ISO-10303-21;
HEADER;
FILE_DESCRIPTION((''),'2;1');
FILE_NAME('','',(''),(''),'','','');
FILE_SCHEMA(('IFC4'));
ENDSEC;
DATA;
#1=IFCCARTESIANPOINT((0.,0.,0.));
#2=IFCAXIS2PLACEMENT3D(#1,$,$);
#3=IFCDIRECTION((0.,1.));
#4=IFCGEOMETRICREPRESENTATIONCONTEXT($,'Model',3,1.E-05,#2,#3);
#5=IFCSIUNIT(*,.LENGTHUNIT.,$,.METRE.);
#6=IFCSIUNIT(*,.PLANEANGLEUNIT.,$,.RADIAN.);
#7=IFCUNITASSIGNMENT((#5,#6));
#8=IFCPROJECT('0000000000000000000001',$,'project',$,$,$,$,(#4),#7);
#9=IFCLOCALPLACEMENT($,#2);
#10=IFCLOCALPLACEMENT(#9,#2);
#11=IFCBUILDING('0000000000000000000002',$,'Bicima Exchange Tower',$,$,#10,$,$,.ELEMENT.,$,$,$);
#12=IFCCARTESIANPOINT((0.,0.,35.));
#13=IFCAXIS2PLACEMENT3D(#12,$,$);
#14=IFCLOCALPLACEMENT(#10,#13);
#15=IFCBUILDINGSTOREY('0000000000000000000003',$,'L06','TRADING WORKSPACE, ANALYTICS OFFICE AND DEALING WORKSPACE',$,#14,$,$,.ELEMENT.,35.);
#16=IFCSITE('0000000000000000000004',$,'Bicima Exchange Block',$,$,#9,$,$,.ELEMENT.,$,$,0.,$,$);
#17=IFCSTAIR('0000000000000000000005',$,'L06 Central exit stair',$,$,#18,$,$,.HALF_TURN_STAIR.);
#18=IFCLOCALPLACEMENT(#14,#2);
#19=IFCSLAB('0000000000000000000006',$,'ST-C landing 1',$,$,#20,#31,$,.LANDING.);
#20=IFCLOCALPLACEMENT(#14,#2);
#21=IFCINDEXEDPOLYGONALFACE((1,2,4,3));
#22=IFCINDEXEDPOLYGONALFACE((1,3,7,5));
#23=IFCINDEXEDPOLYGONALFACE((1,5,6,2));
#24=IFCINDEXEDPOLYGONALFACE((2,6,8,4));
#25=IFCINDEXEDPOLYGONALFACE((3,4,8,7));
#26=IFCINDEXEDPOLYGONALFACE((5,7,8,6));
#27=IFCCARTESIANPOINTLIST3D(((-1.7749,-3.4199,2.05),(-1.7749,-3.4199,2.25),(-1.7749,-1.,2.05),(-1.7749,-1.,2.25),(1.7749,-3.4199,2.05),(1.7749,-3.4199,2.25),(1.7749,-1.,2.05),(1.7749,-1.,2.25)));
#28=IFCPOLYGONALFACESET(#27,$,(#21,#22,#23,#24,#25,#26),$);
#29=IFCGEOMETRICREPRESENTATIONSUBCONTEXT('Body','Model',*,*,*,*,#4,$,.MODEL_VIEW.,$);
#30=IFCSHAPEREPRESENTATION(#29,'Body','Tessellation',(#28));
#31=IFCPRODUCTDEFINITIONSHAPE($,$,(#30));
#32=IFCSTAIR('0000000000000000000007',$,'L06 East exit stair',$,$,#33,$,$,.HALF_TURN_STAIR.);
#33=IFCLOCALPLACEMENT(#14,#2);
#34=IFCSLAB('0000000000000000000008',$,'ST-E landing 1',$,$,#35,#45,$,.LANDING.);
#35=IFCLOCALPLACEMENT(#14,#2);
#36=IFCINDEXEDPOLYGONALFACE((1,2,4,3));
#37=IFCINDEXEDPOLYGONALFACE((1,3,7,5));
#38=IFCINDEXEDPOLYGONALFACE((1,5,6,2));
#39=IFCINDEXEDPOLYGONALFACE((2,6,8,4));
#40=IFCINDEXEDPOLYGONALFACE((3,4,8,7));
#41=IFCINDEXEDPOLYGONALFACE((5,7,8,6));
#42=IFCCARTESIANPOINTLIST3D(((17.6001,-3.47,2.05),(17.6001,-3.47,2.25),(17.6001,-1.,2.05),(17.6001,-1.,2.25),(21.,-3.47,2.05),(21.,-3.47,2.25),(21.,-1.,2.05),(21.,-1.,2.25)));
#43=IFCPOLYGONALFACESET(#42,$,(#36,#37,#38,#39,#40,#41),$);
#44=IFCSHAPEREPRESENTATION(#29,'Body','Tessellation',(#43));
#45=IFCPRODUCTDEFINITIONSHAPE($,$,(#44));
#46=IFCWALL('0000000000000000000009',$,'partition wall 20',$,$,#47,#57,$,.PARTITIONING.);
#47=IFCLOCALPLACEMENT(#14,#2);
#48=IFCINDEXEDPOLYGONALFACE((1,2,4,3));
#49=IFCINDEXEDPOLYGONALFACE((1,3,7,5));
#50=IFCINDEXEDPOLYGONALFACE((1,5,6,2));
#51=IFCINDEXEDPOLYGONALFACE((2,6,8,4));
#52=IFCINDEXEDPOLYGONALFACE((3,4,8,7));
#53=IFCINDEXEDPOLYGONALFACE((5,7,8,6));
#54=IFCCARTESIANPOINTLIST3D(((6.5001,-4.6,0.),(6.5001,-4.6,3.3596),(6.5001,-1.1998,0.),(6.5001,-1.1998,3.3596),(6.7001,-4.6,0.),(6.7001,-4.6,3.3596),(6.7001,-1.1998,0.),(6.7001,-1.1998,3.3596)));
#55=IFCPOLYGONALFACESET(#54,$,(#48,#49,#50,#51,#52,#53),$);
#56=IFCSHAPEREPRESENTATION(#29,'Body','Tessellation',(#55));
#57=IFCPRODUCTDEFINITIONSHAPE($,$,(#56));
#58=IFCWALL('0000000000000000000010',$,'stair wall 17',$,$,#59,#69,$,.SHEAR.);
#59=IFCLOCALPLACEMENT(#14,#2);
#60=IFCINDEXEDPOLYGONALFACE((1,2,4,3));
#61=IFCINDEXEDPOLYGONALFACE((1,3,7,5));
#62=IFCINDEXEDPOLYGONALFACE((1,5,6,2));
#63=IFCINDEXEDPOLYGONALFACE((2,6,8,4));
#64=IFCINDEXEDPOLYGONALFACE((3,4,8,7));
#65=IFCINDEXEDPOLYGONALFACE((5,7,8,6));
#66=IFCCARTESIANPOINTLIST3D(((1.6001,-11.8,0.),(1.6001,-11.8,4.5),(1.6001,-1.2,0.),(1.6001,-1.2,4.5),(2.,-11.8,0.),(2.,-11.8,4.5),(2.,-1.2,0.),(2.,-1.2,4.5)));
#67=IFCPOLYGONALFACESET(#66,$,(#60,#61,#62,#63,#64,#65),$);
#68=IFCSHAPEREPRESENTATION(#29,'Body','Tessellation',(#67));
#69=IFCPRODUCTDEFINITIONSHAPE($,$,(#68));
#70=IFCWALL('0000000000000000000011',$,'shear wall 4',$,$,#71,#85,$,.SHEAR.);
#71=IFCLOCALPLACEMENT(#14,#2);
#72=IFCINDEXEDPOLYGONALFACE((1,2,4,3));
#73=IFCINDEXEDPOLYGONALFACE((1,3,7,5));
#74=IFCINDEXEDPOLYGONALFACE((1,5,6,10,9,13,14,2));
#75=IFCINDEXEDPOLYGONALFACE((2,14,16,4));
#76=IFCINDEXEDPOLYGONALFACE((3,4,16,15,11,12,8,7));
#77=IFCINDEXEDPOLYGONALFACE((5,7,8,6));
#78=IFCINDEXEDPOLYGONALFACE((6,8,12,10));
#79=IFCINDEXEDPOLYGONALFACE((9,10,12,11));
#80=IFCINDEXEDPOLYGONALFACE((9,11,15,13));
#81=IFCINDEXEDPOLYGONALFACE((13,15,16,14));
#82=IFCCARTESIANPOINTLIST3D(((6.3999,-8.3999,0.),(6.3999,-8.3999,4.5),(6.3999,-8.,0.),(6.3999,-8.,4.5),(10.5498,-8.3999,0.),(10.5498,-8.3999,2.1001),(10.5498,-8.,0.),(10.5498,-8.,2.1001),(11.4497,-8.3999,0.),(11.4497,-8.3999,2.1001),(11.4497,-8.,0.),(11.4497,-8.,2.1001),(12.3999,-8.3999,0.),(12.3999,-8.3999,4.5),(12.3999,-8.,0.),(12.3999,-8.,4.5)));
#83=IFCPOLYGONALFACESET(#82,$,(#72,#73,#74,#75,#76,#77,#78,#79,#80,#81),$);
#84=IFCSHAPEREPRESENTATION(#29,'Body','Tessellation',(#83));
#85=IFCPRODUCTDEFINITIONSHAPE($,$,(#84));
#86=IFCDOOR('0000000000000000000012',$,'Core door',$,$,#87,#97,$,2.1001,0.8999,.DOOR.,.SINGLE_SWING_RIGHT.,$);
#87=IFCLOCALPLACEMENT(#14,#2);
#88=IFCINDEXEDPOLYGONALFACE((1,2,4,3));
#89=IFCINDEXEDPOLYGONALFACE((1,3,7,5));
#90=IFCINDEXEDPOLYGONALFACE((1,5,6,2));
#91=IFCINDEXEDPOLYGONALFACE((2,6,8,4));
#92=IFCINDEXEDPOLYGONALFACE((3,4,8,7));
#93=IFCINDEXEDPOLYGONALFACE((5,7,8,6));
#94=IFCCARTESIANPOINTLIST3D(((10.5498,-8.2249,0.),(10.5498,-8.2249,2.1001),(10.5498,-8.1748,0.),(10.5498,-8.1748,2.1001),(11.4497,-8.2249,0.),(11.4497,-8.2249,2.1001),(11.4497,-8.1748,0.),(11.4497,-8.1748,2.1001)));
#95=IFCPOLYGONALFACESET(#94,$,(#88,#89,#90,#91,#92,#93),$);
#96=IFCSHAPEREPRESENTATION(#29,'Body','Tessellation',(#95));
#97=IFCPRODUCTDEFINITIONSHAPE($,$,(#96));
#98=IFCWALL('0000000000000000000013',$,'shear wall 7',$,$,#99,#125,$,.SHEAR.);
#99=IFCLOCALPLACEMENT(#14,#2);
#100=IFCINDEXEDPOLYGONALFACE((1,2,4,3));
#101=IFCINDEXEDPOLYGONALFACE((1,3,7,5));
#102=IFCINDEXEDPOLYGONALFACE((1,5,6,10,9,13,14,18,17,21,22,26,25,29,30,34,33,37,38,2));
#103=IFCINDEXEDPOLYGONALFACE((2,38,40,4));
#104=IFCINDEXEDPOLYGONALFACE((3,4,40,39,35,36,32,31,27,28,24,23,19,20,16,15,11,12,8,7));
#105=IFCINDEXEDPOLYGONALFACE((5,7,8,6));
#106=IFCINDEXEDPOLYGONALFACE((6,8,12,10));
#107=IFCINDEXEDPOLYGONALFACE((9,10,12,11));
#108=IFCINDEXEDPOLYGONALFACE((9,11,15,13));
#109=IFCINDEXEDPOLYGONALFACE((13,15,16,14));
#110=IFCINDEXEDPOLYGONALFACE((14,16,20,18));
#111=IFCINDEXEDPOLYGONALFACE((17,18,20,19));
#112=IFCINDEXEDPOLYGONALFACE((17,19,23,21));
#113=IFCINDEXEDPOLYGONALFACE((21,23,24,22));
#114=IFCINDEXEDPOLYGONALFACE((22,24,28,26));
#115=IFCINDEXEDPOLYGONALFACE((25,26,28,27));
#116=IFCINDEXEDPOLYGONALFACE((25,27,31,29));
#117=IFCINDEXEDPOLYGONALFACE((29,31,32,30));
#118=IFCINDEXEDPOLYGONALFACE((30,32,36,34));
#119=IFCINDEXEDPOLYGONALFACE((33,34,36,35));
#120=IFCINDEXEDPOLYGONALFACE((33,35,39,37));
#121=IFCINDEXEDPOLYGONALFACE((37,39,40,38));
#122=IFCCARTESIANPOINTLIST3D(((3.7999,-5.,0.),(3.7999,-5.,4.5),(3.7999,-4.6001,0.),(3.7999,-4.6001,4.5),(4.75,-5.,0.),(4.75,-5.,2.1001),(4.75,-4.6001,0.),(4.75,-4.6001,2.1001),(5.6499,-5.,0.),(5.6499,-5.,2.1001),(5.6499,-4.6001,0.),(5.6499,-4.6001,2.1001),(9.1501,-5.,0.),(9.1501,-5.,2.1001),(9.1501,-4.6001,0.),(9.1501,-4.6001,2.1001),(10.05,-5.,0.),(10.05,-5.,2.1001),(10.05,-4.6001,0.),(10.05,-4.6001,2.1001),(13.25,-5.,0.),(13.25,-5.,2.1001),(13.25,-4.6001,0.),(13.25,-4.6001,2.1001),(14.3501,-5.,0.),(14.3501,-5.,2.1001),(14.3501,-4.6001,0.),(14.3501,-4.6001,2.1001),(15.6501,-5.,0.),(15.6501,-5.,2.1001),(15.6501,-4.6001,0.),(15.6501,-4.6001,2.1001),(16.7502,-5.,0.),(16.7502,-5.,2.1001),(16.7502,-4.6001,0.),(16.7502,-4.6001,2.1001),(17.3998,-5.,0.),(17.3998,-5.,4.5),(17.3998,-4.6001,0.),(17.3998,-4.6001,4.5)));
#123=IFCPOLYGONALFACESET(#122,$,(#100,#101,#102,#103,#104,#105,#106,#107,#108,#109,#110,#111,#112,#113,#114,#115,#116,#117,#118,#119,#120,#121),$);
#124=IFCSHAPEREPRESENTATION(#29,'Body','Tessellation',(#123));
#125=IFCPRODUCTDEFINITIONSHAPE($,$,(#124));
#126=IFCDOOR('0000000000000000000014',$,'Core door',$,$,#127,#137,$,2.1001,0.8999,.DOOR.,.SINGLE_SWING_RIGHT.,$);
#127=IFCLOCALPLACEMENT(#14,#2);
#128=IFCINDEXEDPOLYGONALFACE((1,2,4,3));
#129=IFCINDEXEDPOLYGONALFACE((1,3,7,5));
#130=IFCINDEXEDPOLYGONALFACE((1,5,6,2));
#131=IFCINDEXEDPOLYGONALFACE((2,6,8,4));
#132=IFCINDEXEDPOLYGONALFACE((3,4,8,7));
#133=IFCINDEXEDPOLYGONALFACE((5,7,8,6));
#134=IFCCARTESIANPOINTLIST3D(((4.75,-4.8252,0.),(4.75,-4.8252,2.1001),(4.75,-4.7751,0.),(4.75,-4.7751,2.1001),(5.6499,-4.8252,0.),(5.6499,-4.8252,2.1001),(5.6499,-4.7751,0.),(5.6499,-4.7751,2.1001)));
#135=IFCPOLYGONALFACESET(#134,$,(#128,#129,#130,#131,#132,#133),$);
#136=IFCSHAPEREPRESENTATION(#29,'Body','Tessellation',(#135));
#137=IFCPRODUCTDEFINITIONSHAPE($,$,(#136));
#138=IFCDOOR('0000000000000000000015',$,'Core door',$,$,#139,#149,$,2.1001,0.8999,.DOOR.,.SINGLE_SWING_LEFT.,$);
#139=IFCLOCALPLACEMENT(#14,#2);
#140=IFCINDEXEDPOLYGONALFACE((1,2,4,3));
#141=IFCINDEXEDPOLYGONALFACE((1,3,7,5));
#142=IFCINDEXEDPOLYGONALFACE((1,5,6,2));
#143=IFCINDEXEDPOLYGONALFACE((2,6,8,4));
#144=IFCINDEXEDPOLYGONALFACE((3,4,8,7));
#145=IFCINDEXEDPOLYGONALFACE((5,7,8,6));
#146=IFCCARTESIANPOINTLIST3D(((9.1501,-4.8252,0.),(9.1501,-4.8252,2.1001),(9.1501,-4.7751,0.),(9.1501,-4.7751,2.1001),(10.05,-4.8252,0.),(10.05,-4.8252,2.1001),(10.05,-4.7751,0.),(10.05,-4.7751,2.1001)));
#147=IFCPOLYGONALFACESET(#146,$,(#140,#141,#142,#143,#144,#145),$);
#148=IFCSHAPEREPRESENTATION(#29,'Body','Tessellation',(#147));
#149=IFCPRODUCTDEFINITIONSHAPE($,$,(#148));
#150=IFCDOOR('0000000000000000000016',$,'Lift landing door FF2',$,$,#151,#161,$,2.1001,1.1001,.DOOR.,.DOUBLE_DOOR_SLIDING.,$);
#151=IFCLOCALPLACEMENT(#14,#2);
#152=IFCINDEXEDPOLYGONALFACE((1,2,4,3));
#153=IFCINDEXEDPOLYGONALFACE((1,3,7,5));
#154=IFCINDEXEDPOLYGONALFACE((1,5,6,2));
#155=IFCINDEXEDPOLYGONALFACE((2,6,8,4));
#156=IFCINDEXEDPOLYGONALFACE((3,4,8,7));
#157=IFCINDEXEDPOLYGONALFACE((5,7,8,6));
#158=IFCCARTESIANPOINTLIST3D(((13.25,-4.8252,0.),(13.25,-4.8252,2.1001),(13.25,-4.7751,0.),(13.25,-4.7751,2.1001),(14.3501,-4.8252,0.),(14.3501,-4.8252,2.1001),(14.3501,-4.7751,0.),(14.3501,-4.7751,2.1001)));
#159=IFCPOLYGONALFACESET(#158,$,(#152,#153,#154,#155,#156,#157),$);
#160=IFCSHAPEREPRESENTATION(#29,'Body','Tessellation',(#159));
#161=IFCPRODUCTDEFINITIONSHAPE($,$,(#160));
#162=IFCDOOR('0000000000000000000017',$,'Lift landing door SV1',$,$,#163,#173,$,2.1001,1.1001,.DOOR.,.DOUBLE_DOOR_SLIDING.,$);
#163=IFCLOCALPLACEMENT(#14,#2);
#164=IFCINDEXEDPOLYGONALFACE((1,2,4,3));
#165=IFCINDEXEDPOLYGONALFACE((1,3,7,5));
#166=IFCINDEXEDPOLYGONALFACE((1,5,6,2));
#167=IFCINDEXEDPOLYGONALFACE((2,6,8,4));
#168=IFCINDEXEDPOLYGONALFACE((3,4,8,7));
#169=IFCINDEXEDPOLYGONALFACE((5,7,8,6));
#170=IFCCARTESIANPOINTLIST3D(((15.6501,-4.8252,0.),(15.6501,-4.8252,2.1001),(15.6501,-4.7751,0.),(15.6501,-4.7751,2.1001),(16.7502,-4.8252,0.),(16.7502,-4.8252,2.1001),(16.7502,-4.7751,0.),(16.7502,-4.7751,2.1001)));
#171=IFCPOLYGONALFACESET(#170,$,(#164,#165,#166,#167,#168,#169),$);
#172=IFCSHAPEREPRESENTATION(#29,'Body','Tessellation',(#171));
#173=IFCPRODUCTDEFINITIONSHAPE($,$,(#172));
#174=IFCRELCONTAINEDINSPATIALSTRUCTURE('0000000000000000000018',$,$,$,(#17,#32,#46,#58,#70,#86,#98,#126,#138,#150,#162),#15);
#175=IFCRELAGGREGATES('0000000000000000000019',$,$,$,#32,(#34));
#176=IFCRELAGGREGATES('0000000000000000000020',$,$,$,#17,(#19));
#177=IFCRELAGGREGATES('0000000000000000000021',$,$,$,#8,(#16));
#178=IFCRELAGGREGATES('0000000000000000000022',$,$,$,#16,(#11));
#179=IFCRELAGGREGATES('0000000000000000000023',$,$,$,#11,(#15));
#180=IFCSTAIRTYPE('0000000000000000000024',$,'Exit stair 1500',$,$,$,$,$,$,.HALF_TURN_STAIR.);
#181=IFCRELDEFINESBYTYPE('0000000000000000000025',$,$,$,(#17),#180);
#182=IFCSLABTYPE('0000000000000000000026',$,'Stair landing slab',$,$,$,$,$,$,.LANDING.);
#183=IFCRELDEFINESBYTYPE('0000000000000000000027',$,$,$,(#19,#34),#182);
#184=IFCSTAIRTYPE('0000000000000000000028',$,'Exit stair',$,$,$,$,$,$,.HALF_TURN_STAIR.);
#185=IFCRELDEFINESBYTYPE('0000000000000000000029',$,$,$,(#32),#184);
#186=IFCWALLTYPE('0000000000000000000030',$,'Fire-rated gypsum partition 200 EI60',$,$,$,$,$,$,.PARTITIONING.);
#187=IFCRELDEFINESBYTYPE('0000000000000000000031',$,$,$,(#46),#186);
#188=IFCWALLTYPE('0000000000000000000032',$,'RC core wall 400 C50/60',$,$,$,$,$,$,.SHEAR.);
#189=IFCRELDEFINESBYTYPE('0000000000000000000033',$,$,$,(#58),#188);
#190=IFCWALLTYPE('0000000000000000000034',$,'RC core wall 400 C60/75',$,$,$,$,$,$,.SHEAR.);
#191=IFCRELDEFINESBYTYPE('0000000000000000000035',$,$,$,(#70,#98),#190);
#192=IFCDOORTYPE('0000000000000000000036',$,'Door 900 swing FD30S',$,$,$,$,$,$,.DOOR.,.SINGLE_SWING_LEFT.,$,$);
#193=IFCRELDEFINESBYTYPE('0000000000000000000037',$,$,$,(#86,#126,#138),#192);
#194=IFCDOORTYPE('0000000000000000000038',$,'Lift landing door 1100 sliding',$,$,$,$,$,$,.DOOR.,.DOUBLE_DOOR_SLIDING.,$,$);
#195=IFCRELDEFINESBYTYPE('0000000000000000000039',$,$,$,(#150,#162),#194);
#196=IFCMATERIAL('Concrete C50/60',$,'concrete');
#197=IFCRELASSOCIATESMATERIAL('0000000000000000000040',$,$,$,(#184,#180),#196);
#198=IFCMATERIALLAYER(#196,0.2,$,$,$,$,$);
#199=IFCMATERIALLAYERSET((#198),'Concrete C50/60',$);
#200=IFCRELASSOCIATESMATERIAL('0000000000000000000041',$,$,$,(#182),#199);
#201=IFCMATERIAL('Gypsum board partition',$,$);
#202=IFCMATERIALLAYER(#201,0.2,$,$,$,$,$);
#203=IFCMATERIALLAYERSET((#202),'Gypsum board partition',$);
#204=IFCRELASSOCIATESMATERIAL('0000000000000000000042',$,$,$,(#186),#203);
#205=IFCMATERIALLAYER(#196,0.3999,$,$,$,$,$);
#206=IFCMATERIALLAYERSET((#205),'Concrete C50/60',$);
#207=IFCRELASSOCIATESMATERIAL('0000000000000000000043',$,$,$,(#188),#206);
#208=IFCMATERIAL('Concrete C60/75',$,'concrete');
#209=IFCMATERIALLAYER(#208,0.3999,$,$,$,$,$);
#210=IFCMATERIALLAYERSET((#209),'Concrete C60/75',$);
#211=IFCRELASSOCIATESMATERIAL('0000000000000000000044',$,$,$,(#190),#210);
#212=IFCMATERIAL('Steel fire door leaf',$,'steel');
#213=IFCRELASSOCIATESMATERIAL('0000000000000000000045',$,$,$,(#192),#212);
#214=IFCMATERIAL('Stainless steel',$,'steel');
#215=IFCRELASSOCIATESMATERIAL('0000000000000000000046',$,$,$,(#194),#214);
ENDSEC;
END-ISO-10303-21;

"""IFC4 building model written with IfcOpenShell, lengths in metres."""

from ifc_helpers import new_model, si_unit, direction, frame, frame_2d, origin, place, context, subcontext, project, spatial, polyline, rectangle, outline, extrude, material, layer, layer_set, type_object, element, fill, aggregate, save


model = new_model("IFC4")

# Units and contexts
model_context = context("Model", 3, precision=1e-05, world=origin(), true_north=direction((0.0, 1.0)))
body_context = subcontext(model_context, "Body", "Model", "MODEL_VIEW")
ifc_project = project(units=[si_unit("LENGTHUNIT", "METRE"), si_unit("PLANEANGLEUNIT", "RADIAN")], contexts=[model_context])

# Site, building, storey
site_placement = place(None, origin())
site = spatial("IfcSite", under=ifc_project, at=site_placement, Name="Bicima Exchange Block", CompositionType="ELEMENT", RefElevation=0.0)
building_placement = place(site_placement, origin())
building = spatial("IfcBuilding", under=site, at=building_placement, Name="Bicima Exchange Tower", CompositionType="ELEMENT")
storey_placement = place(building_placement, frame((0.0, 0.0, 35.0)))
storey = spatial("IfcBuildingStorey", under=building, at=storey_placement, Name="L06", Description="TRADING WORKSPACE, ANALYTICS OFFICE AND DEALING WORKSPACE", CompositionType="ELEMENT", Elevation=35.0)

# Stairs, slabs
ifc_material_1 = material(Name="Concrete C50/60", Category="concrete")
stair_type_1 = type_object("IfcStairType", Name="Exit stair", PredefinedType="HALF_TURN_STAIR", material=ifc_material_1)
ifc_layer_1 = layer(ifc_material_1, 0.2)
ifc_layer_set_1 = layer_set([ifc_layer_1], Name="Concrete C50/60")
slab_type_1 = type_object("IfcSlabType", Name="Stair landing slab", PredefinedType="LANDING", material=ifc_layer_set_1)
stair_type_2 = type_object("IfcStairType", Name="Exit stair 1500", PredefinedType="HALF_TURN_STAIR", material=ifc_material_1)
stair_1_placement = place(storey_placement, origin())
stair_1 = element("IfcStair", 1, at=stair_1_placement, inside=storey, type_object=stair_type_2, Name="L06 Central exit stair", PredefinedType="HALF_TURN_STAIR")
slab_1_placement = place(storey_placement, frame((0.0, 0.0, 2.05)))
slab_1 = element("IfcSlab", 2, at=slab_1_placement, type_object=slab_type_1, Name="ST-C landing 1", PredefinedType="LANDING", context=body_context, shape_type="SweptSolid", body=[
    extrude(outline(polyline([(1.7749, -3.4199), (1.7749, -1.0), (-1.7749, -1.0), (-1.7749, -3.4199), (1.7749, -3.4199)])), origin(), (0.0, 0.0, 1.0), 0.2),
])
stair_2_placement = place(storey_placement, origin())
stair_2 = element("IfcStair", 3, at=stair_2_placement, inside=storey, type_object=stair_type_1, Name="L06 East exit stair", PredefinedType="HALF_TURN_STAIR")
slab_2_placement = place(storey_placement, frame((0.0, 0.0, 2.05)))
slab_2 = element("IfcSlab", 4, at=slab_2_placement, type_object=slab_type_1, Name="ST-E landing 1", PredefinedType="LANDING", context=body_context, shape_type="SweptSolid", body=[
    extrude(outline(polyline([(21.0, -3.47), (21.0, -1.0), (17.6001, -1.0), (17.6001, -3.47), (21.0, -3.47)])), origin(), (0.0, 0.0, 1.0), 0.2),
])
aggregate(stair_2, [slab_2])

# Walls
ifc_material_2 = material(Name="Gypsum board partition")
ifc_layer_2 = layer(ifc_material_2, 0.2)
ifc_layer_set_2 = layer_set([ifc_layer_2], Name="Gypsum board partition")
wall_type_1 = type_object("IfcWallType", Name="Fire-rated gypsum partition 200 EI60", PredefinedType="PARTITIONING", material=ifc_layer_set_2)
wall_1_placement = place(storey_placement, frame((6.6001, -4.6001, 0.0), z_axis=(0.0, 0.0, 1.0), x_axis=(0.0, 1.0, 0.0)))
element("IfcWall", 5, at=wall_1_placement, inside=storey, type_object=wall_type_1, Name="partition wall 20", PredefinedType="PARTITIONING", context=body_context, shape_type="SweptSolid", body=[
    extrude(rectangle(XDim=3.4001, YDim=0.2, at=frame_2d((1.7002, 0.0))), origin(), (0.0, 0.0, 1.0), 3.3596),
])
ifc_layer_3 = layer(ifc_material_1, 0.3999)
ifc_layer_set_3 = layer_set([ifc_layer_3], Name="Concrete C50/60")
wall_type_2 = type_object("IfcWallType", Name="RC core wall 400 C50/60", PredefinedType="SHEAR", material=ifc_layer_set_3)
wall_2_placement = place(storey_placement, frame((1.8, -11.8, 0.0), z_axis=(0.0, 0.0, 1.0), x_axis=(0.0, 1.0, 0.0)))
element("IfcWall", 6, at=wall_2_placement, inside=storey, type_object=wall_type_2, Name="stair wall 17", PredefinedType="SHEAR", context=body_context, shape_type="SweptSolid", body=[
    extrude(rectangle(XDim=10.6001, YDim=0.3999, at=frame_2d((5.3, 0.0))), origin(), (0.0, 0.0, 1.0), 4.5),
])

# Wall, opening, door
ifc_material_3 = material(Name="Concrete C60/75", Category="concrete")
ifc_layer_4 = layer(ifc_material_3, 0.3999)
ifc_layer_set_4 = layer_set([ifc_layer_4], Name="Concrete C60/75")
wall_type_3 = type_object("IfcWallType", Name="RC core wall 400 C60/75", PredefinedType="SHEAR", material=ifc_layer_set_4)
wall_3_placement = place(storey_placement, frame((6.3999, -8.2, 0.0), z_axis=(0.0, 0.0, 1.0), x_axis=(1.0, 0.0, 0.0)))
wall_3 = element("IfcWall", 7, at=wall_3_placement, inside=storey, type_object=wall_type_3, Name="shear wall 4", PredefinedType="SHEAR", context=body_context, shape_type="SweptSolid", body=[
    extrude(rectangle(XDim=6.0, YDim=0.3999, at=frame_2d((3.0, 0.0))), origin(), (0.0, 0.0, 1.0), 4.5),
])
opening_1_placement = place(wall_3_placement, frame((4.1499, 0.0, 0.0)))
opening_1 = element("IfcOpeningElement", 8, at=opening_1_placement, cuts=wall_3, PredefinedType="OPENING", context=body_context, shape_type="SweptSolid", body=[
    extrude(rectangle(XDim=0.8999, YDim=2.1001, at=frame_2d((0.45, 1.05))), frame((0.0, 0.2119, 0.0), z_axis=(0.0, -1.0, 0.0), x_axis=(1.0, 0.0, 0.0)), (0.0, 0.0, 1.0), 0.4238),
])
ifc_material_4 = material(Name="Steel fire door leaf", Category="steel")
door_type_1 = type_object("IfcDoorType", Name="Door 900 swing FD30S", OperationType="SINGLE_SWING_LEFT", PredefinedType="DOOR", material=ifc_material_4)
door_1_placement = place(opening_1_placement, frame((0.8999, 0.0, 0.0), z_axis=(0.0, 0.0, 1.0), x_axis=(-1.0, 0.0, 0.0)))
door_1 = element("IfcDoor", 9, at=door_1_placement, inside=storey, type_object=door_type_1, Name="Core door", OperationType="SINGLE_SWING_RIGHT", OverallHeight=2.1001, OverallWidth=0.8999, PredefinedType="DOOR", context=body_context, shape_type="SweptSolid", body=[
    extrude(rectangle(XDim=0.8999, YDim=2.1001, at=frame_2d((0.45, 1.05))), frame((0.0, 0.0249, 0.0), z_axis=(0.0, -1.0, 0.0), x_axis=(1.0, 0.0, 0.0)), (0.0, 0.0, 1.0), 0.05),
])
fill(opening_1, door_1)

# Wall, openings, doors
wall_4_placement = place(storey_placement, frame((3.8, -4.8, 0.0), z_axis=(0.0, 0.0, 1.0), x_axis=(1.0, 0.0, 0.0)))
wall_4 = element("IfcWall", 10, at=wall_4_placement, inside=storey, type_object=wall_type_3, Name="shear wall 7", PredefinedType="SHEAR", context=body_context, shape_type="SweptSolid", body=[
    extrude(rectangle(XDim=13.5999, YDim=0.3999, at=frame_2d((6.7998, 0.0))), origin(), (0.0, 0.0, 1.0), 4.5),
])
opening_2_placement = place(wall_4_placement, frame((9.45, 0.0, 0.0)))
opening_2 = element("IfcOpeningElement", 11, at=opening_2_placement, cuts=wall_4, PredefinedType="OPENING", context=body_context, shape_type="SweptSolid", body=[
    extrude(rectangle(XDim=1.1001, YDim=2.1001, at=frame_2d((0.55, 1.05))), frame((0.0, 0.2119, 0.0), z_axis=(0.0, -1.0, 0.0), x_axis=(1.0, 0.0, 0.0)), (0.0, 0.0, 1.0), 0.4238),
])
opening_3_placement = place(wall_4_placement, frame((11.8501, 0.0, 0.0)))
opening_3 = element("IfcOpeningElement", 12, at=opening_3_placement, cuts=wall_4, PredefinedType="OPENING", context=body_context, shape_type="SweptSolid", body=[
    extrude(rectangle(XDim=1.1001, YDim=2.1001, at=frame_2d((0.55, 1.05))), frame((0.0, 0.2119, 0.0), z_axis=(0.0, -1.0, 0.0), x_axis=(1.0, 0.0, 0.0)), (0.0, 0.0, 1.0), 0.4238),
])
opening_4_placement = place(wall_4_placement, frame((0.95, 0.0, 0.0)))
opening_4 = element("IfcOpeningElement", 13, at=opening_4_placement, cuts=wall_4, PredefinedType="OPENING", context=body_context, shape_type="SweptSolid", body=[
    extrude(rectangle(XDim=0.8999, YDim=2.1001, at=frame_2d((0.45, 1.05))), frame((0.0, 0.2119, 0.0), z_axis=(0.0, -1.0, 0.0), x_axis=(1.0, 0.0, 0.0)), (0.0, 0.0, 1.0), 0.4238),
])
opening_5_placement = place(wall_4_placement, frame((5.3501, 0.0, 0.0)))
opening_5 = element("IfcOpeningElement", 14, at=opening_5_placement, cuts=wall_4, PredefinedType="OPENING", context=body_context, shape_type="SweptSolid", body=[
    extrude(rectangle(XDim=0.8999, YDim=2.1001, at=frame_2d((0.45, 1.05))), frame((0.0, 0.2119, 0.0), z_axis=(0.0, -1.0, 0.0), x_axis=(1.0, 0.0, 0.0)), (0.0, 0.0, 1.0), 0.4238),
])
door_2_placement = place(opening_4_placement, origin())
door_2 = element("IfcDoor", 15, at=door_2_placement, inside=storey, type_object=door_type_1, Name="Core door", OperationType="SINGLE_SWING_RIGHT", OverallHeight=2.1001, OverallWidth=0.8999, PredefinedType="DOOR", context=body_context, shape_type="SweptSolid", body=[
    extrude(rectangle(XDim=0.8999, YDim=2.1001, at=frame_2d((0.45, 1.05))), frame((0.0, 0.0249, 0.0), z_axis=(0.0, -1.0, 0.0), x_axis=(1.0, 0.0, 0.0)), (0.0, 0.0, 1.0), 0.05),
])
fill(opening_4, door_2)
door_3_placement = place(opening_5_placement, origin())
door_3 = element("IfcDoor", 16, at=door_3_placement, inside=storey, type_object=door_type_1, Name="Core door", OperationType="SINGLE_SWING_LEFT", OverallHeight=2.1001, OverallWidth=0.8999, PredefinedType="DOOR", context=body_context, shape_type="SweptSolid", body=[
    extrude(rectangle(XDim=0.8999, YDim=2.1001, at=frame_2d((0.45, 1.05))), frame((0.0, 0.0249, 0.0), z_axis=(0.0, -1.0, 0.0), x_axis=(1.0, 0.0, 0.0)), (0.0, 0.0, 1.0), 0.05),
])
fill(opening_5, door_3)
ifc_material_5 = material(Name="Stainless steel", Category="steel")
door_type_2 = type_object("IfcDoorType", Name="Lift landing door 1100 sliding", OperationType="DOUBLE_DOOR_SLIDING", PredefinedType="DOOR", material=ifc_material_5)
door_4_placement = place(opening_2_placement, origin())
door_4 = element("IfcDoor", 17, at=door_4_placement, inside=storey, type_object=door_type_2, Name="Lift landing door FF2", OperationType="DOUBLE_DOOR_SLIDING", OverallHeight=2.1001, OverallWidth=1.1001, PredefinedType="DOOR", context=body_context, shape_type="SweptSolid", body=[
    extrude(rectangle(XDim=1.1001, YDim=2.1001, at=frame_2d((0.55, 1.05))), frame((0.0, 0.0249, 0.0), z_axis=(0.0, -1.0, 0.0), x_axis=(1.0, 0.0, 0.0)), (0.0, 0.0, 1.0), 0.05),
])
fill(opening_2, door_4)
door_5_placement = place(opening_3_placement, origin())
door_5 = element("IfcDoor", 18, at=door_5_placement, inside=storey, type_object=door_type_2, Name="Lift landing door SV1", OperationType="DOUBLE_DOOR_SLIDING", OverallHeight=2.1001, OverallWidth=1.1001, PredefinedType="DOOR", context=body_context, shape_type="SweptSolid", body=[
    extrude(rectangle(XDim=1.1001, YDim=2.1001, at=frame_2d((0.55, 1.05))), frame((0.0, 0.0249, 0.0), z_axis=(0.0, -1.0, 0.0), x_axis=(1.0, 0.0, 0.0)), (0.0, 0.0, 1.0), 0.05),
])
fill(opening_3, door_5)

aggregate(stair_1, [slab_1])

save(model, "model.ifc")
